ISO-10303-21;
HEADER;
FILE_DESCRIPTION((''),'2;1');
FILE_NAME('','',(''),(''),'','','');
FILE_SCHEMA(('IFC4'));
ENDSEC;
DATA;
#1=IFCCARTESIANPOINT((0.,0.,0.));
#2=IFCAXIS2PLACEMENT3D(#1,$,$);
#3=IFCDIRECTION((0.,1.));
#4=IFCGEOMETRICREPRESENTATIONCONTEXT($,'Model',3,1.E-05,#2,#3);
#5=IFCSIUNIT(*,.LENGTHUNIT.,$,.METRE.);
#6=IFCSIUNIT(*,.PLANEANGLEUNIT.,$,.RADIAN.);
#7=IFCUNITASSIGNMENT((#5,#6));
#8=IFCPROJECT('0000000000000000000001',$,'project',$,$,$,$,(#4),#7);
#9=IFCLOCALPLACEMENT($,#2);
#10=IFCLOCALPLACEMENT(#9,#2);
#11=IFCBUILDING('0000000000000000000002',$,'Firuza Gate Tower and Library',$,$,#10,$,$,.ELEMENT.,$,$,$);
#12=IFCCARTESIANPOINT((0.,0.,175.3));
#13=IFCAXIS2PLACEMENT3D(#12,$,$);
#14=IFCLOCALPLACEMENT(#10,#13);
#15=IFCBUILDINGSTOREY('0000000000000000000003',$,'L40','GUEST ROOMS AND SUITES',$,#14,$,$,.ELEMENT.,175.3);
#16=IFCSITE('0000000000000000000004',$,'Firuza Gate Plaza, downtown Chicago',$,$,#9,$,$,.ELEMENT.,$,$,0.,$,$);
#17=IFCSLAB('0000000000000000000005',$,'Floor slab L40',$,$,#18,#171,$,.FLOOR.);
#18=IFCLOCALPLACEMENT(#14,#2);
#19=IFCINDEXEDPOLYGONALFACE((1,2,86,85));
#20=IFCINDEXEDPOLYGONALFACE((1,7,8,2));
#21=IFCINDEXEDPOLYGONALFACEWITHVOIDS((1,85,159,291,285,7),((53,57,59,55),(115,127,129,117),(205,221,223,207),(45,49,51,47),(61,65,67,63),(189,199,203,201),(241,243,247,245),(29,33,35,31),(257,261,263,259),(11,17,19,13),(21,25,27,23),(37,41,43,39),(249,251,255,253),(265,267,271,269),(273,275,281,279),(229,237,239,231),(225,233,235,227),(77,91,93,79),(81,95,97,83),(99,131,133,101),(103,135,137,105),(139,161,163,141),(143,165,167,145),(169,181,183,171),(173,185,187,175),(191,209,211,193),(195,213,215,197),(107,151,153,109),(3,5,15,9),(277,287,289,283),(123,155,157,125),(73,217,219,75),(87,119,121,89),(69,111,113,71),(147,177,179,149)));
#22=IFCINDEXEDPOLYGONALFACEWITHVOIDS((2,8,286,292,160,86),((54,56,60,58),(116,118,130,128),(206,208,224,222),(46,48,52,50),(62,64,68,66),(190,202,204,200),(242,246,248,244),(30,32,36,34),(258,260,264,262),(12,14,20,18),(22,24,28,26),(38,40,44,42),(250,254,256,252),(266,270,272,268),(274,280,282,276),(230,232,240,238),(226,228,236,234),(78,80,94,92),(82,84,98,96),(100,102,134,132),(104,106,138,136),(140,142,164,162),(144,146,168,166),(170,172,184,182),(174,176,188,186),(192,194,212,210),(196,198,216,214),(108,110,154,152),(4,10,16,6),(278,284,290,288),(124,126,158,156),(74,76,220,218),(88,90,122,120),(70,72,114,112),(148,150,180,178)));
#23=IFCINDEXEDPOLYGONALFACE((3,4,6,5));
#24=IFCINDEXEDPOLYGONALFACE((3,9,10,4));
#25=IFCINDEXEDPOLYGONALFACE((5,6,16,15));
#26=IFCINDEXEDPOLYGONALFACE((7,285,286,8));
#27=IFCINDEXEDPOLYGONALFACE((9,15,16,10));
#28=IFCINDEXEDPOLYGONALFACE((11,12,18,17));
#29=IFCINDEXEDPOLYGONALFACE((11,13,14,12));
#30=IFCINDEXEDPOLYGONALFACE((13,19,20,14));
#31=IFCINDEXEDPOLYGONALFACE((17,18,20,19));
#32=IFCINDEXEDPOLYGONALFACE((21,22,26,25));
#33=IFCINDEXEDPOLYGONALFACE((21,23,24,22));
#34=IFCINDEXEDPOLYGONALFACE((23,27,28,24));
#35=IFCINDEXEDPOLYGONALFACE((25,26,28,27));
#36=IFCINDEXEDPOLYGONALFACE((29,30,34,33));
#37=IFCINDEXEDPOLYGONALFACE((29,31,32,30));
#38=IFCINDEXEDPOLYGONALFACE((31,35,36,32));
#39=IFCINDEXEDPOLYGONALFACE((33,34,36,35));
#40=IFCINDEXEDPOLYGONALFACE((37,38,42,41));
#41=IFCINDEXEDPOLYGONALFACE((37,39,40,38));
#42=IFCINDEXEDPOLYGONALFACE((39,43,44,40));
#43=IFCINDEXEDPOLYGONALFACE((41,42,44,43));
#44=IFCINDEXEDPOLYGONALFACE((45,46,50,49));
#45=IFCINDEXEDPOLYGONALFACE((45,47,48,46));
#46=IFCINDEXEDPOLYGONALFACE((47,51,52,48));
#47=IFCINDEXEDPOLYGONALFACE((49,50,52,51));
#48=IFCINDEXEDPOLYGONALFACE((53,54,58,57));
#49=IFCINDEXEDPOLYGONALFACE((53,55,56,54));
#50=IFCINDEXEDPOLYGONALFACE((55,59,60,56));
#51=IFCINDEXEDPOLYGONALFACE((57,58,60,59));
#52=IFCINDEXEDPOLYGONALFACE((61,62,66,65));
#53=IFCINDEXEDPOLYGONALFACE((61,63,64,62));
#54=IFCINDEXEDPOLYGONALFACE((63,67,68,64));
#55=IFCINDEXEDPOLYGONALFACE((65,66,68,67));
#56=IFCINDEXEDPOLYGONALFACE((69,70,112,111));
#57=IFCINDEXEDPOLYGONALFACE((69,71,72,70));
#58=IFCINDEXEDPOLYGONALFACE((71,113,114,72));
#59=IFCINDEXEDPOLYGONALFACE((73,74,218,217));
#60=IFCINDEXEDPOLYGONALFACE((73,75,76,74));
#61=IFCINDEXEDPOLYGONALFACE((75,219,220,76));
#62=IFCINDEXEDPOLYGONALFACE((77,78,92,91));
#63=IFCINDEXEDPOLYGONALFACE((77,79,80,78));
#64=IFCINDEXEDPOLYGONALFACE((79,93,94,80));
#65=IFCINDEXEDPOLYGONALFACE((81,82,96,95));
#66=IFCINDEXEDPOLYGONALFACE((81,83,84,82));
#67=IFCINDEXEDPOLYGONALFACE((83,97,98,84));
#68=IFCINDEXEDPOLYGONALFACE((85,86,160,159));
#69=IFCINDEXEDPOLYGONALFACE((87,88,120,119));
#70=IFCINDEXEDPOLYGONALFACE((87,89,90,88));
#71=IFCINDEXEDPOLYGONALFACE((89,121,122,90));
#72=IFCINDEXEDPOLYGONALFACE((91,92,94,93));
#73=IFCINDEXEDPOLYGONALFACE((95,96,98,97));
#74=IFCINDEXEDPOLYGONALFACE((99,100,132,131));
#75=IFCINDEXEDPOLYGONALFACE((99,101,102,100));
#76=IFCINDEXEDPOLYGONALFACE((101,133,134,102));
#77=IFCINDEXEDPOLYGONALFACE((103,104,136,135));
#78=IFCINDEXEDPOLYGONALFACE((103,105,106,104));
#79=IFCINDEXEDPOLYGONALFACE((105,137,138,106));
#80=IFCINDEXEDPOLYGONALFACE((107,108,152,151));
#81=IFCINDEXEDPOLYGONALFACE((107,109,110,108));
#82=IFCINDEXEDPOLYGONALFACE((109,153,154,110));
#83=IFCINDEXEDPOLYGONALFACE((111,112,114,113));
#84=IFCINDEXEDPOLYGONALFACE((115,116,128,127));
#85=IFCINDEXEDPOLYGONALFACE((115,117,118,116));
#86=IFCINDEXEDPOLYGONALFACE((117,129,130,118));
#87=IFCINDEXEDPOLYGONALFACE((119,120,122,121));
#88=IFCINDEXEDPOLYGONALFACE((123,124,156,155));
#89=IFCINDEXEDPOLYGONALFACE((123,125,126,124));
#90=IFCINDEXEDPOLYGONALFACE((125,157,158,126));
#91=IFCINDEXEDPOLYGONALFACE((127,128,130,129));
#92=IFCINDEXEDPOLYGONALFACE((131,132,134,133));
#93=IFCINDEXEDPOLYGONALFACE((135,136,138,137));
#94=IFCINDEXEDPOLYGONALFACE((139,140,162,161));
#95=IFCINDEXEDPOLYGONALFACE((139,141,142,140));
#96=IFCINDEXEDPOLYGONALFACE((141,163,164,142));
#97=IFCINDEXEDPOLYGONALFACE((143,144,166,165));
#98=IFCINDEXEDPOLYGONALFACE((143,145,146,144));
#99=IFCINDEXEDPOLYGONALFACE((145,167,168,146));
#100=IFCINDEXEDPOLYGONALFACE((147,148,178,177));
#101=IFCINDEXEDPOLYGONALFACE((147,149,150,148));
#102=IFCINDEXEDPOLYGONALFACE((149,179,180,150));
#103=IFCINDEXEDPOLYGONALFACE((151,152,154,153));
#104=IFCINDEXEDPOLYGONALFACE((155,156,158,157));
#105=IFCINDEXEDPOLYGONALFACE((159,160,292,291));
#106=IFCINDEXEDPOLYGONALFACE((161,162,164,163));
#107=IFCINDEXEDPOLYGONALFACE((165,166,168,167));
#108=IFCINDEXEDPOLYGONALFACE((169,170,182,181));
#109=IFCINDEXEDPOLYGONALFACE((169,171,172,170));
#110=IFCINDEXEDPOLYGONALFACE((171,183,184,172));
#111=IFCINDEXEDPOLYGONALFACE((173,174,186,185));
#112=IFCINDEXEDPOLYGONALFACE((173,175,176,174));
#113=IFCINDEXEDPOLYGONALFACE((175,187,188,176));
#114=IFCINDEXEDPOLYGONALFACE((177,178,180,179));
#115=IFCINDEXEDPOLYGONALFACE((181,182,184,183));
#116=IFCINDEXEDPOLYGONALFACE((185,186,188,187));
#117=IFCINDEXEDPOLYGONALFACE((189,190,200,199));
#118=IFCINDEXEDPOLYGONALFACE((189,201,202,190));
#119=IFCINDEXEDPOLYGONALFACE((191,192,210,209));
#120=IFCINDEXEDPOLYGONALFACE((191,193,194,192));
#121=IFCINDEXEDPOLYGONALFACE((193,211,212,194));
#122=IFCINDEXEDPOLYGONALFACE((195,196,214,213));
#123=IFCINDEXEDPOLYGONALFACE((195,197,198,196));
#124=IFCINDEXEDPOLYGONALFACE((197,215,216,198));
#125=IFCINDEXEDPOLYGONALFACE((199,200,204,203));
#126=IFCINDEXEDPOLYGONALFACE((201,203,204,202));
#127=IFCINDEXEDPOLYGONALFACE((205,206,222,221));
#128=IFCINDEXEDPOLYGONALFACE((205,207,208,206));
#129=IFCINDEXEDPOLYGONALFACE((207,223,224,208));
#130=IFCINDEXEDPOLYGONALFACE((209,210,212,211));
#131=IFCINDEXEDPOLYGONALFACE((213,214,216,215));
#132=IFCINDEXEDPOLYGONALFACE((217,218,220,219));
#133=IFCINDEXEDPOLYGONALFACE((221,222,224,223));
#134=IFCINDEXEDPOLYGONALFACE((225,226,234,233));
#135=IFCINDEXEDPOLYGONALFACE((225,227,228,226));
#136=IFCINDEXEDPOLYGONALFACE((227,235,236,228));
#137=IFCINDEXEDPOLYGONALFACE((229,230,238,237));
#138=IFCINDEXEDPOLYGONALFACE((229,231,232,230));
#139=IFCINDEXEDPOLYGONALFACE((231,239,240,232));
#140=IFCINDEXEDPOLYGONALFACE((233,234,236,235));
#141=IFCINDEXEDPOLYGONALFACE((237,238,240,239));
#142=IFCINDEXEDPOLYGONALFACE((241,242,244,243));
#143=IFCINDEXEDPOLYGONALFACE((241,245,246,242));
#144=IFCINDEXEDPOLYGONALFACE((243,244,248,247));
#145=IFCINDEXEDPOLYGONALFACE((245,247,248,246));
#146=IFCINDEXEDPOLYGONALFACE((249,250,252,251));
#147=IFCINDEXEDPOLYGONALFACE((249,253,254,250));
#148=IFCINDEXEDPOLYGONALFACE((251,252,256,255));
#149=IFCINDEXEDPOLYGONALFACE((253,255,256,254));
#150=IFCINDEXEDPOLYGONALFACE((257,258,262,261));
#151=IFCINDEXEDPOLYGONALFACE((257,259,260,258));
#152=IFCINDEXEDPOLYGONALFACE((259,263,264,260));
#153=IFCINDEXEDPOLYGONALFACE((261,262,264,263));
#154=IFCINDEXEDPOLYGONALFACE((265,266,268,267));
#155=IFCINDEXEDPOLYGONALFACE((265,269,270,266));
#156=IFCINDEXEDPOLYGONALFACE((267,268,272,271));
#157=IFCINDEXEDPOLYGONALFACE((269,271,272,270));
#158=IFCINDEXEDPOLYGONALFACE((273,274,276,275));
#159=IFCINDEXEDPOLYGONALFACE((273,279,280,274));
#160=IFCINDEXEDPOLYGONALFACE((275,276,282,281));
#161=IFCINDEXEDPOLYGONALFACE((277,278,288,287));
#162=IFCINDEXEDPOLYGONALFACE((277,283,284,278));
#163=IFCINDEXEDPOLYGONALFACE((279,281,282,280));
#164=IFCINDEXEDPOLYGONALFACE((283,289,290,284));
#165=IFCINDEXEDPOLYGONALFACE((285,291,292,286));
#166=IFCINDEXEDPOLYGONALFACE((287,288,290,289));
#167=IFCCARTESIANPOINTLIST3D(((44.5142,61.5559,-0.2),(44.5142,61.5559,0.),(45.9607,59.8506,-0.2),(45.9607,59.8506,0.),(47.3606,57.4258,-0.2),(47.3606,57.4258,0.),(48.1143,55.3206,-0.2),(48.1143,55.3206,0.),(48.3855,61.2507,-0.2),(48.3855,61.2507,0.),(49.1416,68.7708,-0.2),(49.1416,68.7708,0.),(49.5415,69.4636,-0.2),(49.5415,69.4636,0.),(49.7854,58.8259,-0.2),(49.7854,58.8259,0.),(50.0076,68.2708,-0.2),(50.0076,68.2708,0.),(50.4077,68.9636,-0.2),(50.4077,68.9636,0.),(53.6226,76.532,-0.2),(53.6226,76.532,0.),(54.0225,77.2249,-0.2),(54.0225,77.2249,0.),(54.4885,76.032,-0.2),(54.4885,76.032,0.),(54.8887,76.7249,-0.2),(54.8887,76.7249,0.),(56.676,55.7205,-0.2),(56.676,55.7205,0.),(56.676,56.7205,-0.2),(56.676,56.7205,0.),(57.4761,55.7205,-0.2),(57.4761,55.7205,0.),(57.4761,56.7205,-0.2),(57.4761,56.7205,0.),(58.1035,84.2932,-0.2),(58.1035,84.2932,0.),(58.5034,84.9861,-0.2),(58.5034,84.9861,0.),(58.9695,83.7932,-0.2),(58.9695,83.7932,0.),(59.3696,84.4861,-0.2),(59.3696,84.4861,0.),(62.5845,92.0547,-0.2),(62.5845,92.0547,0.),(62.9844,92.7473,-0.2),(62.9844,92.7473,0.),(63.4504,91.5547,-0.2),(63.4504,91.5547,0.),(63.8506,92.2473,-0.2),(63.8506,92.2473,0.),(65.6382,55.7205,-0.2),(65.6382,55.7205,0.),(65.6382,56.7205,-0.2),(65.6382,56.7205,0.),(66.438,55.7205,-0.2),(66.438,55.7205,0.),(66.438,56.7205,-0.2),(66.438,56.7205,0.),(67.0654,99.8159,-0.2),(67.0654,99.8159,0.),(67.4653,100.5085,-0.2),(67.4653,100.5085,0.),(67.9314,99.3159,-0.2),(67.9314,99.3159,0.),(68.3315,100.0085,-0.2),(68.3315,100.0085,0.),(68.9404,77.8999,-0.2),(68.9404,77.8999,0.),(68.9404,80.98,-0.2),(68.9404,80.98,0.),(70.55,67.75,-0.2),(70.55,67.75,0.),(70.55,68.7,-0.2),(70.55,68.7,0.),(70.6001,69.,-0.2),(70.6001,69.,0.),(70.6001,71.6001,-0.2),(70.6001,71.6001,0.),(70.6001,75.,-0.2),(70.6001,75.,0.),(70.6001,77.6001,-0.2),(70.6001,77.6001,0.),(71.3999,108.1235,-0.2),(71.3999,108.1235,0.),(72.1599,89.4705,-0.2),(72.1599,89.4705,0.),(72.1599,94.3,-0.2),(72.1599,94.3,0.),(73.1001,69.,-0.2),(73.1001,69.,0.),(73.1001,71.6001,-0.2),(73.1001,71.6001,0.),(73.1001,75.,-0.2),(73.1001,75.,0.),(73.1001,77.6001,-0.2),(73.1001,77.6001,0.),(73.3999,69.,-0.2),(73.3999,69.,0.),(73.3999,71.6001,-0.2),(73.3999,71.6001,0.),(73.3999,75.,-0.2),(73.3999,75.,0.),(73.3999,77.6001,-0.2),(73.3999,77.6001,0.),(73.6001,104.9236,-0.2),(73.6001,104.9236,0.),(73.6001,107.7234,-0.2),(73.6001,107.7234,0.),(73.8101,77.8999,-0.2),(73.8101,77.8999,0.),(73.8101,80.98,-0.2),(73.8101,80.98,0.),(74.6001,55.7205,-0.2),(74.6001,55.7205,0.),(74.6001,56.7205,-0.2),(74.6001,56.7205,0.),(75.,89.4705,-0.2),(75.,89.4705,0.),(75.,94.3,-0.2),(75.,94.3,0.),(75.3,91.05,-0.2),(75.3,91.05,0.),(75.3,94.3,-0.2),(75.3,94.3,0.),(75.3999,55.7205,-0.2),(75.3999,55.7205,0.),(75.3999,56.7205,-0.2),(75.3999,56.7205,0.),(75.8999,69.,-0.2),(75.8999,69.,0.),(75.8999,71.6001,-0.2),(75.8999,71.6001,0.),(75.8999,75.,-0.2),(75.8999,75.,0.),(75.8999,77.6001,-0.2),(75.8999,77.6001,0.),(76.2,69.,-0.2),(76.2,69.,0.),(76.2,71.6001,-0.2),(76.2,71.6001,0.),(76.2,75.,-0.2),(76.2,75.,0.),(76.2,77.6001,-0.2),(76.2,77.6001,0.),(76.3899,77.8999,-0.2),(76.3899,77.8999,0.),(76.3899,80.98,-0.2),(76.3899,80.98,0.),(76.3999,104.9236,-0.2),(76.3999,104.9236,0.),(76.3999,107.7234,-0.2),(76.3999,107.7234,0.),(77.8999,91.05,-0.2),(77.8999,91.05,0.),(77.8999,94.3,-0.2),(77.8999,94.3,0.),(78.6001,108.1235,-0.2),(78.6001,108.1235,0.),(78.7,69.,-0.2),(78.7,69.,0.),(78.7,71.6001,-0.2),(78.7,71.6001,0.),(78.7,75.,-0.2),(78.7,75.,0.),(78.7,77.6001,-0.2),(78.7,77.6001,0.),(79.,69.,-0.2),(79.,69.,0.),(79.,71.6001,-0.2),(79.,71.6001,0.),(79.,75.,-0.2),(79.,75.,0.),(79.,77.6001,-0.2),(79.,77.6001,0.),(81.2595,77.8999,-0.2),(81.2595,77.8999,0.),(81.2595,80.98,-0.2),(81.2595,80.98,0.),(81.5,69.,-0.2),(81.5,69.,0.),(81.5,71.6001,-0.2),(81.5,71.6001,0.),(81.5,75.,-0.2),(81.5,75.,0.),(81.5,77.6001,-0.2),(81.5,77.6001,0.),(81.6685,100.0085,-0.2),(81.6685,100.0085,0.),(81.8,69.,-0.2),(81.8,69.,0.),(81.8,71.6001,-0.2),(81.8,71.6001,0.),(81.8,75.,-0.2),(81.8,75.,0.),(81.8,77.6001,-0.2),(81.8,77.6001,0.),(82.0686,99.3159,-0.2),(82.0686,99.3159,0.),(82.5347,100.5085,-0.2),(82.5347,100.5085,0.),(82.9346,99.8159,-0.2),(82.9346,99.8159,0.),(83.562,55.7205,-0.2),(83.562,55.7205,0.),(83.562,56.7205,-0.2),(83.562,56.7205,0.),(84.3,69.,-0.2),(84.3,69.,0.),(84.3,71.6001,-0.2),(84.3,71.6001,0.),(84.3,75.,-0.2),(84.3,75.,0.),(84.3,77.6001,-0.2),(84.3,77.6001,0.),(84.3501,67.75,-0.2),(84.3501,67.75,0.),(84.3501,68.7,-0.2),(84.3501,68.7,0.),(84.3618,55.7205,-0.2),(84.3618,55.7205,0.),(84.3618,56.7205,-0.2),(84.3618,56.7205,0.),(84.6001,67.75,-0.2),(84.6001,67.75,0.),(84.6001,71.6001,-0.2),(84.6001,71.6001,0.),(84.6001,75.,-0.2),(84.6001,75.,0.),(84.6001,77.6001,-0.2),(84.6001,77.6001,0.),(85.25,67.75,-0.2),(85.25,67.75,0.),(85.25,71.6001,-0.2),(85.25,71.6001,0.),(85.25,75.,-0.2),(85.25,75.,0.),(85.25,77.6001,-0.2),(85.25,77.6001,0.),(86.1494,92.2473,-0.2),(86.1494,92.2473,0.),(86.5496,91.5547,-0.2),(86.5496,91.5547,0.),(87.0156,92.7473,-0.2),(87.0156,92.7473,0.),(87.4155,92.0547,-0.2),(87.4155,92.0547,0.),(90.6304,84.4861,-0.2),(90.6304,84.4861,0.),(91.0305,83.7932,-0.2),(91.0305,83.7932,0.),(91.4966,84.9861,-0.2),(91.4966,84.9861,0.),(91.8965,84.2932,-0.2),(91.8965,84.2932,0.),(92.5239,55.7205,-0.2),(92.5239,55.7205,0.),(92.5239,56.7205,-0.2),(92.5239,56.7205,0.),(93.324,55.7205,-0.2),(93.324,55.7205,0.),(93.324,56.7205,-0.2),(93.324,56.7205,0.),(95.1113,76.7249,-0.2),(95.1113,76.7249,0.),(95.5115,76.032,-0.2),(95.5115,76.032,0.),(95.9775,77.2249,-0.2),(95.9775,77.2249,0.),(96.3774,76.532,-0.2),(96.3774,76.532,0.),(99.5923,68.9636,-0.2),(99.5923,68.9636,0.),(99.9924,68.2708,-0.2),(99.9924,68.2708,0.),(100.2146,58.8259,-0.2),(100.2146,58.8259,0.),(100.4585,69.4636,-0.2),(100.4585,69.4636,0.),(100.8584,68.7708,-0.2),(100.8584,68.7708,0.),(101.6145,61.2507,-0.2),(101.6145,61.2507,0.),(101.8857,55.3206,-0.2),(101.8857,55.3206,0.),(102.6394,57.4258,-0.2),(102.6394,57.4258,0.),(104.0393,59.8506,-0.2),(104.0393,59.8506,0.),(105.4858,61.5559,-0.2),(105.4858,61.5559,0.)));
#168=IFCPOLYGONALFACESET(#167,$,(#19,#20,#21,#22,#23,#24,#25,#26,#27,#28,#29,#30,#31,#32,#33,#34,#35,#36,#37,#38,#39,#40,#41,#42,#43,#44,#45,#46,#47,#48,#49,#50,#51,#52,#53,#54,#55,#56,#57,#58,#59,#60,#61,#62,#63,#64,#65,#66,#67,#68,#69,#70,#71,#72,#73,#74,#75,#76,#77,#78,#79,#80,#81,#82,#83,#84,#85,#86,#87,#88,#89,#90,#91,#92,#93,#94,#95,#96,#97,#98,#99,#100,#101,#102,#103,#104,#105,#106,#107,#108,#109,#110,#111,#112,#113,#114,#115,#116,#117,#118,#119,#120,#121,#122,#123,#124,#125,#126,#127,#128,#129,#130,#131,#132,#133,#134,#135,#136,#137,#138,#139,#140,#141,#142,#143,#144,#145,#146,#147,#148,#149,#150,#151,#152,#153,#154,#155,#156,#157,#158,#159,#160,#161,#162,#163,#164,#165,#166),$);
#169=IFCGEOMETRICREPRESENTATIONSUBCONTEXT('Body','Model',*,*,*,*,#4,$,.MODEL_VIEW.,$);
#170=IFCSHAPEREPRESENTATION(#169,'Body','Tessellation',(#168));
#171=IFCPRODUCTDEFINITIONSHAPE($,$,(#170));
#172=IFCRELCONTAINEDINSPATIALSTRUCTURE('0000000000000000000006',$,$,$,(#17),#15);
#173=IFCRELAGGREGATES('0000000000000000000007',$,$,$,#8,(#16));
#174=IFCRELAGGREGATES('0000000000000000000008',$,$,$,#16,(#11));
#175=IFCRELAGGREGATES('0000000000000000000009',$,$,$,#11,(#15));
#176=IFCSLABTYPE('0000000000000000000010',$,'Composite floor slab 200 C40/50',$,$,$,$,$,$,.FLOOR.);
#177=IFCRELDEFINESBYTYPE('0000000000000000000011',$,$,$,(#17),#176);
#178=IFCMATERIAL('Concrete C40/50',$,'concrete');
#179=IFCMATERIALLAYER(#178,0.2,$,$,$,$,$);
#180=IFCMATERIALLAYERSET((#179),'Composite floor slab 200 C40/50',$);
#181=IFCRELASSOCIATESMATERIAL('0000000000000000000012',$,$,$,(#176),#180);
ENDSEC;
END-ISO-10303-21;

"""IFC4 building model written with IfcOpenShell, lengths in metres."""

from ifc_helpers import new_model, si_unit, direction, frame, origin, place, context, subcontext, project, spatial, polyline, outline, extrude, material, layer, layer_set, type_object, element, save


model = new_model("IFC4")

# Units and contexts
model_context = context("Model", 3, precision=1e-05, world=origin(), true_north=direction((0.0, 1.0)))
body_context = subcontext(model_context, "Body", "Model", "MODEL_VIEW")
ifc_project = project(units=[si_unit("LENGTHUNIT", "METRE"), si_unit("PLANEANGLEUNIT", "RADIAN")], contexts=[model_context])

# Site, building, storey
site_placement = place(None, origin())
site = spatial("IfcSite", under=ifc_project, at=site_placement, Name="Firuza Gate Plaza, downtown Chicago", CompositionType="ELEMENT", RefElevation=0.0)
building_placement = place(site_placement, origin())
building = spatial("IfcBuilding", under=site, at=building_placement, Name="Firuza Gate Tower and Library", CompositionType="ELEMENT")
storey_placement = place(building_placement, frame((0.0, 0.0, 175.3)))
storey = spatial("IfcBuildingStorey", under=building, at=storey_placement, Name="L40", Description="GUEST ROOMS AND SUITES", CompositionType="ELEMENT", Elevation=175.3)

# Slab
ifc_material_1 = material(Name="Concrete C40/50", Category="concrete")
ifc_layer_1 = layer(ifc_material_1, 0.2)
ifc_layer_set_1 = layer_set([ifc_layer_1], Name="Composite floor slab 200 C40/50")
slab_type_1 = type_object("IfcSlabType", Name="Composite floor slab 200 C40/50", PredefinedType="FLOOR", material=ifc_layer_set_1)
slab_1_placement = place(storey_placement, frame((0.0, 0.0, -0.2)))
element("IfcSlab", 1, at=slab_1_placement, inside=storey, type_object=slab_type_1, Name="Floor slab L40", PredefinedType="FLOOR", context=body_context, shape_type="SweptSolid", body=[
    extrude(outline(polyline([(44.5142, 61.5559), (48.1143, 55.3206), (101.8857, 55.3206), (105.4858, 61.5559), (78.6001, 108.1235), (71.3999, 108.1235), (44.5142, 61.5559)]), holes=[polyline([(56.676, 55.7205), (56.676, 56.7205), (57.4761, 56.7205), (57.4761, 55.7205), (56.676, 55.7205)]), polyline([(74.6001, 55.7205), (74.6001, 56.7205), (75.3999, 56.7205), (75.3999, 55.7205), (74.6001, 55.7205)]), polyline([(65.6382, 55.7205), (65.6382, 56.7205), (66.438, 56.7205), (66.438, 55.7205), (65.6382, 55.7205)]), polyline([(45.9607, 59.8506), (48.3855, 61.2507), (49.7854, 58.8259), (47.3606, 57.4258), (45.9607, 59.8506)]), polyline([(84.3501, 67.75), (70.55, 67.75), (70.55, 68.7), (84.3501, 68.7), (84.3501, 67.75)]), polyline([(49.5415, 69.4636), (50.4077, 68.9636), (50.0076, 68.2708), (49.1416, 68.7708), (49.5415, 69.4636)]), polyline([(73.1001, 69.0), (70.6001, 69.0), (70.6001, 71.6001), (73.1001, 71.6001), (73.1001, 69.0)]), polyline([(75.8999, 69.0), (73.3999, 69.0), (73.3999, 71.6001), (75.8999, 71.6001), (75.8999, 69.0)]), polyline([(73.1001, 75.0), (70.6001, 75.0), (70.6001, 77.6001), (73.1001, 77.6001), (73.1001, 75.0)]), polyline([(75.8999, 75.0), (73.3999, 75.0), (73.3999, 77.6001), (75.8999, 77.6001), (75.8999, 75.0)]), polyline([(54.0225, 77.2249), (54.8887, 76.7249), (54.4885, 76.032), (53.6226, 76.532), (54.0225, 77.2249)]), polyline([(73.8101, 77.8999), (68.9404, 77.8999), (68.9404, 80.98), (73.8101, 80.98), (73.8101, 77.8999)]), polyline([(58.5034, 84.9861), (59.3696, 84.4861), (58.9695, 83.7932), (58.1035, 84.2932), (58.5034, 84.9861)]), polyline([(72.1599, 89.4705), (72.1599, 94.3), (75.0, 94.3), (75.0, 89.4705), (72.1599, 89.4705)]), polyline([(62.9844, 92.7473), (63.8506, 92.2473), (63.4504, 91.5547), (62.5845, 92.0547), (62.9844, 92.7473)]), polyline([(75.3, 91.05), (75.3, 94.3), (77.8999, 94.3), (77.8999, 91.05), (75.3, 91.05)]), polyline([(68.3315, 100.0085), (67.9314, 99.3159), (67.0654, 99.8159), (67.4653, 100.5085), (68.3315, 100.0085)]), polyline([(76.3999, 107.7234), (76.3999, 104.9236), (73.6001, 104.9236), (73.6001, 107.7234), (76.3999, 107.7234)]), polyline([(92.5239, 55.7205), (92.5239, 56.7205), (93.324, 56.7205), (93.324, 55.7205), (92.5239, 55.7205)]), polyline([(83.562, 55.7205), (83.562, 56.7205), (84.3618, 56.7205), (84.3618, 55.7205), (83.562, 55.7205)]), polyline([(102.6394, 57.4258), (100.2146, 58.8259), (101.6145, 61.2507), (104.0393, 59.8506), (102.6394, 57.4258)]), polyline([(100.8584, 68.7708), (99.9924, 68.2708), (99.5923, 68.9636), (100.4585, 69.4636), (100.8584, 68.7708)]), polyline([(85.25, 67.75), (84.6001, 67.75), (84.6001, 71.6001), (85.25, 71.6001), (85.25, 67.75)]), polyline([(81.5, 69.0), (79.0, 69.0), (79.0, 71.6001), (81.5, 71.6001), (81.5, 69.0)]), polyline([(81.8, 69.0), (81.8, 71.6001), (84.3, 71.6001), (84.3, 69.0), (81.8, 69.0)]), polyline([(76.2, 69.0), (76.2, 71.6001), (78.7, 71.6001), (78.7, 69.0), (76.2, 69.0)]), polyline([(81.5, 75.0), (79.0, 75.0), (79.0, 77.6001), (81.5, 77.6001), (81.5, 75.0)]), polyline([(84.3, 75.0), (81.8, 75.0), (81.8, 77.6001), (84.3, 77.6001), (84.3, 75.0)]), polyline([(85.25, 75.0), (84.6001, 75.0), (84.6001, 77.6001), (85.25, 77.6001), (85.25, 75.0)]), polyline([(78.7, 75.0), (76.2, 75.0), (76.2, 77.6001), (78.7, 77.6001), (78.7, 75.0)]), polyline([(96.3774, 76.532), (95.5115, 76.032), (95.1113, 76.7249), (95.9775, 77.2249), (96.3774, 76.532)]), polyline([(81.2595, 77.8999), (76.3899, 77.8999), (76.3899, 80.98), (81.2595, 80.98), (81.2595, 77.8999)]), polyline([(91.8965, 84.2932), (91.0305, 83.7932), (90.6304, 84.4861), (91.4966, 84.9861), (91.8965, 84.2932)]), polyline([(86.5496, 91.5547), (86.1494, 92.2473), (87.0156, 92.7473), (87.4155, 92.0547), (86.5496, 91.5547)]), polyline([(82.0686, 99.3159), (81.6685, 100.0085), (82.5347, 100.5085), (82.9346, 99.8159), (82.0686, 99.3159)])]), origin(), (0.0, 0.0, 1.0), 0.2),
])

save(model, "model.ifc")
